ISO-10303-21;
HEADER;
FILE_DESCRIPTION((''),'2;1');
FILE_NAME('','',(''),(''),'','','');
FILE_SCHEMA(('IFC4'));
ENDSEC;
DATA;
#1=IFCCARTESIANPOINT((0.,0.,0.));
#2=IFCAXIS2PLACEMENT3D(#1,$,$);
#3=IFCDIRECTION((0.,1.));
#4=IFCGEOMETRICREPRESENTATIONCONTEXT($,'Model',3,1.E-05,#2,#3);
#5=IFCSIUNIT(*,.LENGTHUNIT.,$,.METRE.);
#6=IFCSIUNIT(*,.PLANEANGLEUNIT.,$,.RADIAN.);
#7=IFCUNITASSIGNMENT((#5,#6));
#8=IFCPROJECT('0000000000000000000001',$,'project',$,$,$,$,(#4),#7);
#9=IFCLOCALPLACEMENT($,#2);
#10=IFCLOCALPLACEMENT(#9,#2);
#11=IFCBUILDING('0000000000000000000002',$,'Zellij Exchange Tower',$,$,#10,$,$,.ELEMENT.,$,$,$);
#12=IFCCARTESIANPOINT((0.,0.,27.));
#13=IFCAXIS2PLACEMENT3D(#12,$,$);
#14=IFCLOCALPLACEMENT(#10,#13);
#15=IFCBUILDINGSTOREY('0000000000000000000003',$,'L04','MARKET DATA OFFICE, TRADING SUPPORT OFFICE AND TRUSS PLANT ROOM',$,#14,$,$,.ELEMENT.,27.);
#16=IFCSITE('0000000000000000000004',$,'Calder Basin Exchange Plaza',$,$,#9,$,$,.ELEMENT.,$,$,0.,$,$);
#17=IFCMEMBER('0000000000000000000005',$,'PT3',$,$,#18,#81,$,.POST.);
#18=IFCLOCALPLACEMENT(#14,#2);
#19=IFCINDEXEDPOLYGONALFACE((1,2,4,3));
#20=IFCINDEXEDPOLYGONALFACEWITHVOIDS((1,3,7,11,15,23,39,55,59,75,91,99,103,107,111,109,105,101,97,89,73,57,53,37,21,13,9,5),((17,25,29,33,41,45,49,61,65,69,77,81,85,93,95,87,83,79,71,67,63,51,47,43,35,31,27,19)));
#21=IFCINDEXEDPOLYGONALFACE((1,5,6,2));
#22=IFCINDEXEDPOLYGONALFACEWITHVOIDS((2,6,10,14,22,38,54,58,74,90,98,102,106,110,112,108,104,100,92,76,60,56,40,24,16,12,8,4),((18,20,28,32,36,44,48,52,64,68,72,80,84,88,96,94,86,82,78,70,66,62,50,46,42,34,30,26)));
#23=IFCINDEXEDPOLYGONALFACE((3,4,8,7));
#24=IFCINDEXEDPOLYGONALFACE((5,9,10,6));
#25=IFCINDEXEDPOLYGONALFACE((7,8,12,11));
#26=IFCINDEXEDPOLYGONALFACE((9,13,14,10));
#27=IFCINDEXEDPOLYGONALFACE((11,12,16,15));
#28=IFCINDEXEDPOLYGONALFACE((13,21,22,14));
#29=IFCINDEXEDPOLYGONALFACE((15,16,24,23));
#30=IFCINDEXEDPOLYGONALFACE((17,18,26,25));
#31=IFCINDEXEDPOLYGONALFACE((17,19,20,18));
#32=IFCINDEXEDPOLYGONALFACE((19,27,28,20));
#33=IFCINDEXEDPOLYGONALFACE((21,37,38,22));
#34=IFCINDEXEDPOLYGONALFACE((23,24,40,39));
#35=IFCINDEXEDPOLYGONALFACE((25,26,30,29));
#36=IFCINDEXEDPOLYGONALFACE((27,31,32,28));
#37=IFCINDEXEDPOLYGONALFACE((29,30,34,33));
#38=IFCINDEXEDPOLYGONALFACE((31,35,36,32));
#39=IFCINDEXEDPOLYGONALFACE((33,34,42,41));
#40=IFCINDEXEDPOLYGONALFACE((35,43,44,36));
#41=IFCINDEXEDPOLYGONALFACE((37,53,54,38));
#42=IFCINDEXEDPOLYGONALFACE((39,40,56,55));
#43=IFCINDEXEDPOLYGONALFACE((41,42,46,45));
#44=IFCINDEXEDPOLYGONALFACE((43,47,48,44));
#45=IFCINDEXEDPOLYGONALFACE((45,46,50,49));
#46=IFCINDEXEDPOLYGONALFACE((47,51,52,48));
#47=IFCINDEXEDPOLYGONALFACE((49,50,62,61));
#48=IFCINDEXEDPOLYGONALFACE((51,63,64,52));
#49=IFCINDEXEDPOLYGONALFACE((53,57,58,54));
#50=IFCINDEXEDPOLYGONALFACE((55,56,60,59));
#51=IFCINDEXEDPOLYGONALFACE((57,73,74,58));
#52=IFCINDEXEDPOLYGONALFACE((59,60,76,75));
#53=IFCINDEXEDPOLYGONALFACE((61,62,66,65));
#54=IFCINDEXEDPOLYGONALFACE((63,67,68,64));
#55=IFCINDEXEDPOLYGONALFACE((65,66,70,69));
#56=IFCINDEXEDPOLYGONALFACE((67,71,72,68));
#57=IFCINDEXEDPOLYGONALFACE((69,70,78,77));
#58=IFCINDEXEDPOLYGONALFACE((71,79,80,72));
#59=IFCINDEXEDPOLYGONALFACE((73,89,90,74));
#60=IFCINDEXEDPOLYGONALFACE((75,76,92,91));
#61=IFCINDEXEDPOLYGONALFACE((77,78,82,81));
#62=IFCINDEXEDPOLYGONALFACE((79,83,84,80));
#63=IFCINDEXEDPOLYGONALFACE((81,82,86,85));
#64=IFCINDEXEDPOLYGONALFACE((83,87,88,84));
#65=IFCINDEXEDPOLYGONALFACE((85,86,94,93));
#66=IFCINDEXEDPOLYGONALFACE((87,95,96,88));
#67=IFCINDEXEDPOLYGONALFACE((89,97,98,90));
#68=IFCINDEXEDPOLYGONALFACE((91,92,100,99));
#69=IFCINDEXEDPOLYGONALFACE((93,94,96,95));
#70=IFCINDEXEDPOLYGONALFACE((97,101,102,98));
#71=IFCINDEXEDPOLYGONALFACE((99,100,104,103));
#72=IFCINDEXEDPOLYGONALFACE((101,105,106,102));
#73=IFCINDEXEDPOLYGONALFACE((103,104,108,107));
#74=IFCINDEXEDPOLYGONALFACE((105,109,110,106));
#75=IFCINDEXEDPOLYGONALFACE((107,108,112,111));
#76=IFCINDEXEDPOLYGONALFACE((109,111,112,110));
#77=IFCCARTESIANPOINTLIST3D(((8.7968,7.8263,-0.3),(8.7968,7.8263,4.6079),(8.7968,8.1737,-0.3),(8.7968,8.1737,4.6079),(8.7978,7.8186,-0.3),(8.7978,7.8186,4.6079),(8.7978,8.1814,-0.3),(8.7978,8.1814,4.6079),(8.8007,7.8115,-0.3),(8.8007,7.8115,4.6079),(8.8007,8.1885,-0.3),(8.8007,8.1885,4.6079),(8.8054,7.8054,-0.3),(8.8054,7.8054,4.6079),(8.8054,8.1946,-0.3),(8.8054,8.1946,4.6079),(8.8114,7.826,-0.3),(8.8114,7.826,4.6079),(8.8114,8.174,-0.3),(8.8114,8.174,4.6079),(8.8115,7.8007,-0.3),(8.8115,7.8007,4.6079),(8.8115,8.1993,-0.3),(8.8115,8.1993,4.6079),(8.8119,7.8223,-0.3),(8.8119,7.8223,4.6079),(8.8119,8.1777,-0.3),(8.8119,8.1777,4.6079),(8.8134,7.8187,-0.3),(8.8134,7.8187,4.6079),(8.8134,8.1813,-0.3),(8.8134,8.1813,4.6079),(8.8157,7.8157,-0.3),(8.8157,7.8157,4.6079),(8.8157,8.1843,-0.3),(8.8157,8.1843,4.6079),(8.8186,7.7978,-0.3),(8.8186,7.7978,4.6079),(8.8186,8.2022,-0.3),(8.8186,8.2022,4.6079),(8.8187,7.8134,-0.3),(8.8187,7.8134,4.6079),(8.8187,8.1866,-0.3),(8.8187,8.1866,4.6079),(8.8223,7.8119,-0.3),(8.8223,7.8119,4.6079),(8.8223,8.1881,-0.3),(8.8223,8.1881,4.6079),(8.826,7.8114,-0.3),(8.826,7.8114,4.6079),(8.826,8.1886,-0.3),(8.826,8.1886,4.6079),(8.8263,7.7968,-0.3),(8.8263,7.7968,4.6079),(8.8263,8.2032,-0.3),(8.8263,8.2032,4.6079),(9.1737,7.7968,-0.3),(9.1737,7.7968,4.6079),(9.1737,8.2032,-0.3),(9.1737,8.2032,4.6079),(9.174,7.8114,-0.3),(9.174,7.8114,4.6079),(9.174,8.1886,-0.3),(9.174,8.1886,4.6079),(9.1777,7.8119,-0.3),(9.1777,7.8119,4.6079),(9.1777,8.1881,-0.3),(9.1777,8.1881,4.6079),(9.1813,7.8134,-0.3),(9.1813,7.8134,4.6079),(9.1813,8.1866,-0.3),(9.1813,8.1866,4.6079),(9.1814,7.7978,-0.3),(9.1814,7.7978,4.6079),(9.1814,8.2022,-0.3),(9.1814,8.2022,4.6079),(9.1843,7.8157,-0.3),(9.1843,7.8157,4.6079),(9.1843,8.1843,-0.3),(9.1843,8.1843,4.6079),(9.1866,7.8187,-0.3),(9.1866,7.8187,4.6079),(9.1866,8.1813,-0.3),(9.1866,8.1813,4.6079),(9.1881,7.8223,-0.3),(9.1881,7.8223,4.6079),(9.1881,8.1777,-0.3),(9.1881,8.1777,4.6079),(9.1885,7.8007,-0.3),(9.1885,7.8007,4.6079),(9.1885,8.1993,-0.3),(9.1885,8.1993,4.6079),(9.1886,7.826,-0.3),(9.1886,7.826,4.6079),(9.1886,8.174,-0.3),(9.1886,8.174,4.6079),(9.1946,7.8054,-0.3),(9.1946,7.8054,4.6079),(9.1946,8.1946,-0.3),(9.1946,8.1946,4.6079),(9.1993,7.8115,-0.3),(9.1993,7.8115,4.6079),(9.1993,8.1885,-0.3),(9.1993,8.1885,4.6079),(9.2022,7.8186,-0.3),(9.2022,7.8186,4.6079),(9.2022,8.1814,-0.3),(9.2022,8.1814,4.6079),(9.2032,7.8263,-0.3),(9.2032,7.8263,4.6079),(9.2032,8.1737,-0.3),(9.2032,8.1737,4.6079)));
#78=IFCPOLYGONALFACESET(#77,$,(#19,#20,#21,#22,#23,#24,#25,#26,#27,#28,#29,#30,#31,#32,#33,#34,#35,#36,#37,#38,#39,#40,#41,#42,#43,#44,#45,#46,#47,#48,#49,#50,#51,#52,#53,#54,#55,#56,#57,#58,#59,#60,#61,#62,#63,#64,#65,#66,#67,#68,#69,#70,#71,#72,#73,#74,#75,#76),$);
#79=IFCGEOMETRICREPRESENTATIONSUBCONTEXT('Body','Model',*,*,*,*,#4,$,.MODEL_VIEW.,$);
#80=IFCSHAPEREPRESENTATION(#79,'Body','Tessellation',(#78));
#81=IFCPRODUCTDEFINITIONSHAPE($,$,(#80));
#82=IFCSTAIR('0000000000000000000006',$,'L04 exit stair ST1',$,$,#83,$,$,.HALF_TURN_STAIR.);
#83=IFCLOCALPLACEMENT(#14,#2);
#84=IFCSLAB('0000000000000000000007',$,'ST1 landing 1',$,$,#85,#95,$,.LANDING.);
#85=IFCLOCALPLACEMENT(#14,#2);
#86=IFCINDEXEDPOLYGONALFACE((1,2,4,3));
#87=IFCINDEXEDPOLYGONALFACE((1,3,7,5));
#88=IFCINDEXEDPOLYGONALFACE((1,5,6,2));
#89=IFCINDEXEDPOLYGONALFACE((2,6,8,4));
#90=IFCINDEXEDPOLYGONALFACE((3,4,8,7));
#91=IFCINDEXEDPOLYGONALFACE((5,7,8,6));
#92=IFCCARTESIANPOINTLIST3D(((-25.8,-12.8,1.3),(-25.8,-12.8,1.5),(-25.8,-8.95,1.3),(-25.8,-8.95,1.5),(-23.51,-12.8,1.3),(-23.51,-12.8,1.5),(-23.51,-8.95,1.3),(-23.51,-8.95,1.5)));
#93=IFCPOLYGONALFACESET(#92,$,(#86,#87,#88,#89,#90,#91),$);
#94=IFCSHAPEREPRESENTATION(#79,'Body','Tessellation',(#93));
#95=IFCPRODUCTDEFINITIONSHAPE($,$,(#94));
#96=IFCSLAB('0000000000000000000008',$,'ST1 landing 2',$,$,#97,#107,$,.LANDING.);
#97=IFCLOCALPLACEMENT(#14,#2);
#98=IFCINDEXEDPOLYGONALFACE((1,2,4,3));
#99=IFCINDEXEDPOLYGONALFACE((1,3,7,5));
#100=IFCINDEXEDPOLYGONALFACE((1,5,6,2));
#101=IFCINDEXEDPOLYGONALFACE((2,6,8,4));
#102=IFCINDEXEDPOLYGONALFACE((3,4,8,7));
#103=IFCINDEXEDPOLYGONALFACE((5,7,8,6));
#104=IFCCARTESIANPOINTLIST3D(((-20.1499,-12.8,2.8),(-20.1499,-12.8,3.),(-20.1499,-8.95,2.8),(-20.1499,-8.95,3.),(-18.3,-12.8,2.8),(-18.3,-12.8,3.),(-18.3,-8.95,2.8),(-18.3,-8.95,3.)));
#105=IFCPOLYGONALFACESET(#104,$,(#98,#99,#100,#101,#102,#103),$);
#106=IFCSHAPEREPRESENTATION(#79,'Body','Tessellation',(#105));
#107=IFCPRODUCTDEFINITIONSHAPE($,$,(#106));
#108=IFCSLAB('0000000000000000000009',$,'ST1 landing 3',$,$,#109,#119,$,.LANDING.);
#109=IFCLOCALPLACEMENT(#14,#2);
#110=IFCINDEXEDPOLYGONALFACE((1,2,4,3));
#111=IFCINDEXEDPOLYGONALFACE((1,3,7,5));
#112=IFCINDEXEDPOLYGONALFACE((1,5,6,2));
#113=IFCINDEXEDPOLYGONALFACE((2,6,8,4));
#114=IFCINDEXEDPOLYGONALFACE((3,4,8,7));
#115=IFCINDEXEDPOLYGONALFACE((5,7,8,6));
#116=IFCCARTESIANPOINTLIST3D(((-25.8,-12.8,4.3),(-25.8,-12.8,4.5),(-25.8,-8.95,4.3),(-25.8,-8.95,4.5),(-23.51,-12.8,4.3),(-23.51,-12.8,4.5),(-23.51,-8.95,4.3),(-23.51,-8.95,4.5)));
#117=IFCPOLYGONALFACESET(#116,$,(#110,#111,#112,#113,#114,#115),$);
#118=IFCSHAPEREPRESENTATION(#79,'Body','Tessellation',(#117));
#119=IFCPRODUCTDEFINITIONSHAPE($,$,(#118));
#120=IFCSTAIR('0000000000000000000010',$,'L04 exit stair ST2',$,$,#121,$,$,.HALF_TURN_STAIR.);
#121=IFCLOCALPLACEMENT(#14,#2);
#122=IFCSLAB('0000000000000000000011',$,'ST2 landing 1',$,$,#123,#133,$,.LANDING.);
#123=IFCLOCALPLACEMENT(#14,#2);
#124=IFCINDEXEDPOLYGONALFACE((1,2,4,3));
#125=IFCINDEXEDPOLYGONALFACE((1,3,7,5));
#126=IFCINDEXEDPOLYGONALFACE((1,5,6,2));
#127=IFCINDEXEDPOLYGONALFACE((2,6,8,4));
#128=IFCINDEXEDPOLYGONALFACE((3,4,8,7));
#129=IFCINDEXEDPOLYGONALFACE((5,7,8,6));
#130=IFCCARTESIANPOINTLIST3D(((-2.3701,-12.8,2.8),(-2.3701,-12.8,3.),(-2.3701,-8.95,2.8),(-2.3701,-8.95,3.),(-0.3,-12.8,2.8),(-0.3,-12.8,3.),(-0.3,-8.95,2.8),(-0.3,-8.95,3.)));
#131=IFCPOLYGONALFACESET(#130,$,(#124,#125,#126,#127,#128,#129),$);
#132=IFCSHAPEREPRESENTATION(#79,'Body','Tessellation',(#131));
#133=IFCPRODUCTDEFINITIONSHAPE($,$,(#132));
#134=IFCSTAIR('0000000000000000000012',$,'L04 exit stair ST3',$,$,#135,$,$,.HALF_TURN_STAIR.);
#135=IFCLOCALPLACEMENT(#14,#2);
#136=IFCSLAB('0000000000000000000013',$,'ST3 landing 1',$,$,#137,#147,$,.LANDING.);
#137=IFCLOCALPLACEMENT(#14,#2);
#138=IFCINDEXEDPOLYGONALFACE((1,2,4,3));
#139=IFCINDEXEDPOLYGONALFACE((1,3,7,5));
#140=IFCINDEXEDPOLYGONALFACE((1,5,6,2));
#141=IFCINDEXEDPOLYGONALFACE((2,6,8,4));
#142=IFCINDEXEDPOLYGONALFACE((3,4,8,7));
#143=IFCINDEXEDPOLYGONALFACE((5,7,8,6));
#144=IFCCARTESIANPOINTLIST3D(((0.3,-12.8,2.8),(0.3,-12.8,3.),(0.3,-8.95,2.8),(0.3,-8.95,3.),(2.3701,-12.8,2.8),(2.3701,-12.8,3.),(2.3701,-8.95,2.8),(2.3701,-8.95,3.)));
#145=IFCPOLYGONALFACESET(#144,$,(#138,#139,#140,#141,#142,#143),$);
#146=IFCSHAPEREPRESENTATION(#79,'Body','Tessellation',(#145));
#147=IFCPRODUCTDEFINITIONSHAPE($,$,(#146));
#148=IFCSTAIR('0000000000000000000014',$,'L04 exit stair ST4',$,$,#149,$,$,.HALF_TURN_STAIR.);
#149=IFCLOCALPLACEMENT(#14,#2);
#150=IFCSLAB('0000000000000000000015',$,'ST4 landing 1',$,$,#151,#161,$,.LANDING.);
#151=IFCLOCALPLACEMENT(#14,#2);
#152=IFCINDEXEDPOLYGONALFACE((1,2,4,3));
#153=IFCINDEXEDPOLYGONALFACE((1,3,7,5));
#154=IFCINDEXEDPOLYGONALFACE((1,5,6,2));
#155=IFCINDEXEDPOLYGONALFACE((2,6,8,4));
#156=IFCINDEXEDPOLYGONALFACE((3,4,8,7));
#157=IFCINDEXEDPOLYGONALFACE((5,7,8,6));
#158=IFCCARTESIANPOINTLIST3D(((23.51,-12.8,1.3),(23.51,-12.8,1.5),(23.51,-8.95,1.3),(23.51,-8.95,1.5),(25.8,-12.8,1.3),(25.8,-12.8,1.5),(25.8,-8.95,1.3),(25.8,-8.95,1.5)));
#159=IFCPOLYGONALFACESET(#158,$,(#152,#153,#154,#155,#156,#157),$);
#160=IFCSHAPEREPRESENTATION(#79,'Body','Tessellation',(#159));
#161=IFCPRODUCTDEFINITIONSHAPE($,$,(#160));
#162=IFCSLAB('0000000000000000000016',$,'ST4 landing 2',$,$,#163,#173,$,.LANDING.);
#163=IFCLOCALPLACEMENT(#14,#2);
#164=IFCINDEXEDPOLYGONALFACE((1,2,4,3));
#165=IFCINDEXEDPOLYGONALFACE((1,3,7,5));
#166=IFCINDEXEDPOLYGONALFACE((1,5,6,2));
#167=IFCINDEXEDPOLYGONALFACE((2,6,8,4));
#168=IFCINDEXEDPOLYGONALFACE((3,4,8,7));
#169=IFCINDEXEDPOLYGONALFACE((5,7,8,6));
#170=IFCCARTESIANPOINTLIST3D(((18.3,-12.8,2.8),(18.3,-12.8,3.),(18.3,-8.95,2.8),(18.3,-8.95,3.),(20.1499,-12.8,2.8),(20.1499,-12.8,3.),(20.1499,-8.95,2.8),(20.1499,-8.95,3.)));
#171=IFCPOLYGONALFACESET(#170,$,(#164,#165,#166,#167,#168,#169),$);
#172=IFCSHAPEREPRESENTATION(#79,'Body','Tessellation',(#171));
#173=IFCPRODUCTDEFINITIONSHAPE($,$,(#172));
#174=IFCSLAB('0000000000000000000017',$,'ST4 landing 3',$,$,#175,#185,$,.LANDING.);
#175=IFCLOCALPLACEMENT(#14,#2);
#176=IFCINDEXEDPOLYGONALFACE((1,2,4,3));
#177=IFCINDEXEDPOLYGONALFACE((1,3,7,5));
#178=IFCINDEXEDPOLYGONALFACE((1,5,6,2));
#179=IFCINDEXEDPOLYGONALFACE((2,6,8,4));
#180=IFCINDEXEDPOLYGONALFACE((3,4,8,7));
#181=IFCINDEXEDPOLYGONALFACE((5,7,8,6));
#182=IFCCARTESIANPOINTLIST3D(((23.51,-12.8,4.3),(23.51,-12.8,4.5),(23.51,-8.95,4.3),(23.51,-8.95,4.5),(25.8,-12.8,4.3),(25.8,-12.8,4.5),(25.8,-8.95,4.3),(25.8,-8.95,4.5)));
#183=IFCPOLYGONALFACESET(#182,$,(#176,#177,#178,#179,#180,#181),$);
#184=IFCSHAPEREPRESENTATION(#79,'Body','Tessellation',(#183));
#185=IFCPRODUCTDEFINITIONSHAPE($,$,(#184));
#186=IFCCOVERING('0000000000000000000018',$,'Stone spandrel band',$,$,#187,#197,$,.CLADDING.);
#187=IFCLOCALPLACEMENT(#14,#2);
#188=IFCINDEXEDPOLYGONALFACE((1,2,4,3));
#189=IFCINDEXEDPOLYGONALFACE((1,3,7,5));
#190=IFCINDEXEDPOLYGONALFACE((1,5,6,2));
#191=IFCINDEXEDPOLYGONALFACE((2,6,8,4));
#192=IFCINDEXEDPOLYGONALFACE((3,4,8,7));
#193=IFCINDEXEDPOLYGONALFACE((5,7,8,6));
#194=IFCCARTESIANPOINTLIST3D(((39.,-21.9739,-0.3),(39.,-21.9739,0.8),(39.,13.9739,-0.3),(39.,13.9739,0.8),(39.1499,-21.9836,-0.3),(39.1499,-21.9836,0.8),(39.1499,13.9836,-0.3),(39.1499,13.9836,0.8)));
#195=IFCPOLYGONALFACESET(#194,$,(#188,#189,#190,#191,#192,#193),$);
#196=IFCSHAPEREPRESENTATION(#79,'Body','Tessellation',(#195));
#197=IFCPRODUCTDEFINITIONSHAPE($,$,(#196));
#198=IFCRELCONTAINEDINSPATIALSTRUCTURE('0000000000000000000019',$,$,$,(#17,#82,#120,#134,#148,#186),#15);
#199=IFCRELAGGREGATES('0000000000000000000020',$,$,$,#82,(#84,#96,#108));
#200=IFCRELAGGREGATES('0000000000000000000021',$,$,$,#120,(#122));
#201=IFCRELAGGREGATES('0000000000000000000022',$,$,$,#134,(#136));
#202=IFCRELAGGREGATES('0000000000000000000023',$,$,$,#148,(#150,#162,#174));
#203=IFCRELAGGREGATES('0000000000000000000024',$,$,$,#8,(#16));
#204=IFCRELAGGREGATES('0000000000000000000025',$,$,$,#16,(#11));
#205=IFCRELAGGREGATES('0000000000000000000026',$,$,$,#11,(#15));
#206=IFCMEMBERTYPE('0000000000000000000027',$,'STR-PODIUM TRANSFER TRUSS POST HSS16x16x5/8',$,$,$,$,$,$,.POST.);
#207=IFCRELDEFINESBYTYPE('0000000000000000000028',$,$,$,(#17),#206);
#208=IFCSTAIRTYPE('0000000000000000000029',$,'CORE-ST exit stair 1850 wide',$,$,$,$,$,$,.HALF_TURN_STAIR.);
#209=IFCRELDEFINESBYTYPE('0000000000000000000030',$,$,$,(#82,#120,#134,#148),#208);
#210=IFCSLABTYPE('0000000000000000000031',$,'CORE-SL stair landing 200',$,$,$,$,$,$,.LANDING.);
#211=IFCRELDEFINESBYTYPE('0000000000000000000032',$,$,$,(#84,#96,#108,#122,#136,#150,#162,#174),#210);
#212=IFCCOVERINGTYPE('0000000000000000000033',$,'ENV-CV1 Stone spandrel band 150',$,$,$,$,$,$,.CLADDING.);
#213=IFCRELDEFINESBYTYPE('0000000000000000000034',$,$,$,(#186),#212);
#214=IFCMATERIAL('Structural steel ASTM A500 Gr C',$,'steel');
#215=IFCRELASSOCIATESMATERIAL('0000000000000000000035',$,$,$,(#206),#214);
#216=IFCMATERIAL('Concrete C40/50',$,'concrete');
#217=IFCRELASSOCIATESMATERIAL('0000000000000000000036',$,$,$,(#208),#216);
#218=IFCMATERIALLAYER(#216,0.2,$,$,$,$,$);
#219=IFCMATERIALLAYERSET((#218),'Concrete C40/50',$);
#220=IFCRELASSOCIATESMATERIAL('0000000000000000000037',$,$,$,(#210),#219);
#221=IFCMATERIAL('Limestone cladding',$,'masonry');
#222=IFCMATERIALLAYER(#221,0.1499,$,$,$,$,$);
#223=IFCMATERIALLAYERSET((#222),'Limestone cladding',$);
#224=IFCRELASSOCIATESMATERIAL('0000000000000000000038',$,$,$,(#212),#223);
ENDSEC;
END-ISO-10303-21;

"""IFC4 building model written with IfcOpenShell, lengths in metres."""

from ifc_helpers import new_model, si_unit, direction, frame, origin, origin_2d, place, context, subcontext, project, spatial, polyline, hollow_rectangle, outline, extrude, material, layer, layer_set, material_profile, profile_set, type_object, element, aggregate, save


model = new_model("IFC4")

# Units and contexts
model_context = context("Model", 3, precision=1e-05, world=origin(), true_north=direction((0.0, 1.0)))
body_context = subcontext(model_context, "Body", "Model", "MODEL_VIEW")
ifc_project = project(units=[si_unit("LENGTHUNIT", "METRE"), si_unit("PLANEANGLEUNIT", "RADIAN")], contexts=[model_context])

# Site, building, storey
site_placement = place(None, origin())
site = spatial("IfcSite", under=ifc_project, at=site_placement, Name="Calder Basin Exchange Plaza", CompositionType="ELEMENT", RefElevation=0.0)
building_placement = place(site_placement, origin())
building = spatial("IfcBuilding", under=site, at=building_placement, Name="Zellij Exchange Tower", CompositionType="ELEMENT")
storey_placement = place(building_placement, frame((0.0, 0.0, 27.0)))
storey = spatial("IfcBuildingStorey", under=building, at=storey_placement, Name="L04", Description="MARKET DATA OFFICE, TRADING SUPPORT OFFICE AND TRUSS PLANT ROOM", CompositionType="ELEMENT", Elevation=27.0)

# Member
ifc_material_1 = material(Name="Structural steel ASTM A500 Gr C", Category="steel")
ifc_material_profile_1 = material_profile(ifc_material_1, hollow_rectangle(XDim=0.4065, YDim=0.4065, WallThickness=0.0146, InnerFilletRadius=0.0146, OuterFilletRadius=0.0295, at=origin_2d()), Name="STR-PODIUM TRANSFER TRUSS POST HSS16x16x5/8")
ifc_profile_set_1 = profile_set([ifc_material_profile_1], Name="Structural steel ASTM A500 Gr C")
member_type_1 = type_object("IfcMemberType", Name="STR-PODIUM TRANSFER TRUSS POST HSS16x16x5/8", PredefinedType="POST", material=ifc_profile_set_1)
for number, where, z_axis, x_axis, name in (
    (1, (9.0, 8.0, -0.3), (0.0, 0.0, 1.0), (1.0, 0.0, 0.0), "PT3"),
):
    element("IfcMember", number, at=place(storey_placement, frame(where, z_axis=z_axis, x_axis=x_axis)), inside=storey, type_object=member_type_1, Name=name, PredefinedType="POST", context=body_context, shape_type="SweptSolid", body=[
        extrude(hollow_rectangle(XDim=0.4065, YDim=0.4065, WallThickness=0.0146, InnerFilletRadius=0.0146, OuterFilletRadius=0.0295, at=origin_2d()), origin(), (0.0, 0.0, 1.0), 4.908),
    ])

# Stair, slabs
ifc_material_2 = material(Name="Concrete C40/50", Category="concrete")
stair_type = type_object("IfcStairType", Name="CORE-ST exit stair 1850 wide", PredefinedType="HALF_TURN_STAIR", material=ifc_material_2)
stair_1_placement = place(storey_placement, origin())
stair_1 = element("IfcStair", 2, at=stair_1_placement, inside=storey, type_object=stair_type, Name="L04 exit stair ST1", PredefinedType="HALF_TURN_STAIR")
ifc_layer_1 = layer(ifc_material_2, 0.2)
ifc_layer_set_1 = layer_set([ifc_layer_1], Name="Concrete C40/50")
slab_type = type_object("IfcSlabType", Name="CORE-SL stair landing 200", PredefinedType="LANDING", material=ifc_layer_set_1)
slab_1_placement = place(storey_placement, frame((0.0, 0.0, 1.3)))
slab_1 = element("IfcSlab", 3, at=slab_1_placement, type_object=slab_type, Name="ST1 landing 1", PredefinedType="LANDING", context=body_context, shape_type="SweptSolid", body=[
    extrude(outline(polyline([(-23.51, -8.95), (-25.8, -8.95), (-25.8, -12.8), (-23.51, -12.8), (-23.51, -8.95)])), origin(), (0.0, 0.0, 1.0), 0.2),
])
slab_2_placement = place(storey_placement, frame((0.0, 0.0, 2.8)))
slab_2 = element("IfcSlab", 4, at=slab_2_placement, type_object=slab_type, Name="ST1 landing 2", PredefinedType="LANDING", context=body_context, shape_type="SweptSolid", body=[
    extrude(outline(polyline([(-18.3, -8.95), (-20.1499, -8.95), (-20.1499, -12.8), (-18.3, -12.8), (-18.3, -8.95)])), origin(), (0.0, 0.0, 1.0), 0.2),
])
slab_3_placement = place(storey_placement, frame((0.0, 0.0, 4.3)))
slab_3 = element("IfcSlab", 5, at=slab_3_placement, type_object=slab_type, Name="ST1 landing 3", PredefinedType="LANDING", context=body_context, shape_type="SweptSolid", body=[
    extrude(outline(polyline([(-23.51, -8.95), (-25.8, -8.95), (-25.8, -12.8), (-23.51, -12.8), (-23.51, -8.95)])), origin(), (0.0, 0.0, 1.0), 0.2),
])
aggregate(stair_1, [slab_1, slab_2, slab_3])

# Stairs, slabs
stair_2_placement = place(storey_placement, origin())
stair_2 = element("IfcStair", 6, at=stair_2_placement, inside=storey, type_object=stair_type, Name="L04 exit stair ST2", PredefinedType="HALF_TURN_STAIR")
slab_4_placement = place(storey_placement, frame((0.0, 0.0, 2.8)))
slab_4 = element("IfcSlab", 7, at=slab_4_placement, type_object=slab_type, Name="ST2 landing 1", PredefinedType="LANDING", context=body_context, shape_type="SweptSolid", body=[
    extrude(outline(polyline([(-2.3701, -12.8), (-0.3, -12.8), (-0.3, -8.95), (-2.3701, -8.95), (-2.3701, -12.8)])), origin(), (0.0, 0.0, 1.0), 0.2),
])
aggregate(stair_2, [slab_4])
stair_3_placement = place(storey_placement, origin())
stair_3 = element("IfcStair", 8, at=stair_3_placement, inside=storey, type_object=stair_type, Name="L04 exit stair ST3", PredefinedType="HALF_TURN_STAIR")
slab_5_placement = place(storey_placement, frame((0.0, 0.0, 2.8)))
slab_5 = element("IfcSlab", 9, at=slab_5_placement, type_object=slab_type, Name="ST3 landing 1", PredefinedType="LANDING", context=body_context, shape_type="SweptSolid", body=[
    extrude(outline(polyline([(2.3701, -8.95), (0.3, -8.95), (0.3, -12.8), (2.3701, -12.8), (2.3701, -8.95)])), origin(), (0.0, 0.0, 1.0), 0.2),
])
aggregate(stair_3, [slab_5])

# Stair, slabs
stair_4_placement = place(storey_placement, origin())
stair_4 = element("IfcStair", 10, at=stair_4_placement, inside=storey, type_object=stair_type, Name="L04 exit stair ST4", PredefinedType="HALF_TURN_STAIR")
slab_6_placement = place(storey_placement, frame((0.0, 0.0, 1.3)))
slab_6 = element("IfcSlab", 11, at=slab_6_placement, type_object=slab_type, Name="ST4 landing 1", PredefinedType="LANDING", context=body_context, shape_type="SweptSolid", body=[
    extrude(outline(polyline([(23.51, -12.8), (25.8, -12.8), (25.8, -8.95), (23.51, -8.95), (23.51, -12.8)])), origin(), (0.0, 0.0, 1.0), 0.2),
])
slab_7_placement = place(storey_placement, frame((0.0, 0.0, 2.8)))
slab_7 = element("IfcSlab", 12, at=slab_7_placement, type_object=slab_type, Name="ST4 landing 2", PredefinedType="LANDING", context=body_context, shape_type="SweptSolid", body=[
    extrude(outline(polyline([(18.3, -12.8), (20.1499, -12.8), (20.1499, -8.95), (18.3, -8.95), (18.3, -12.8)])), origin(), (0.0, 0.0, 1.0), 0.2),
])
slab_8_placement = place(storey_placement, frame((0.0, 0.0, 4.3)))
slab_8 = element("IfcSlab", 13, at=slab_8_placement, type_object=slab_type, Name="ST4 landing 3", PredefinedType="LANDING", context=body_context, shape_type="SweptSolid", body=[
    extrude(outline(polyline([(23.51, -12.8), (25.8, -12.8), (25.8, -8.95), (23.51, -8.95), (23.51, -12.8)])), origin(), (0.0, 0.0, 1.0), 0.2),
])
aggregate(stair_4, [slab_6, slab_7, slab_8])

# Covering
ifc_material_3 = material(Name="Limestone cladding", Category="masonry")
ifc_layer_2 = layer(ifc_material_3, 0.1499)
ifc_layer_set_2 = layer_set([ifc_layer_2], Name="Limestone cladding")
covering_type = type_object("IfcCoveringType", Name="ENV-CV1 Stone spandrel band 150", PredefinedType="CLADDING", material=ifc_layer_set_2)
covering_1_placement = place(storey_placement, frame((0.0, 0.0, -0.3)))
element("IfcCovering", 14, at=covering_1_placement, inside=storey, type_object=covering_type, Name="Stone spandrel band", PredefinedType="CLADDING", context=body_context, shape_type="SweptSolid", body=[
    extrude(outline(polyline([(39.0, -21.9739), (39.0, 13.9739), (39.1499, 13.9836), (39.1499, -21.9836), (39.0, -21.9739)])), origin(), (0.0, 0.0, 1.0), 1.1001),
])

save(model, "model.ifc")
